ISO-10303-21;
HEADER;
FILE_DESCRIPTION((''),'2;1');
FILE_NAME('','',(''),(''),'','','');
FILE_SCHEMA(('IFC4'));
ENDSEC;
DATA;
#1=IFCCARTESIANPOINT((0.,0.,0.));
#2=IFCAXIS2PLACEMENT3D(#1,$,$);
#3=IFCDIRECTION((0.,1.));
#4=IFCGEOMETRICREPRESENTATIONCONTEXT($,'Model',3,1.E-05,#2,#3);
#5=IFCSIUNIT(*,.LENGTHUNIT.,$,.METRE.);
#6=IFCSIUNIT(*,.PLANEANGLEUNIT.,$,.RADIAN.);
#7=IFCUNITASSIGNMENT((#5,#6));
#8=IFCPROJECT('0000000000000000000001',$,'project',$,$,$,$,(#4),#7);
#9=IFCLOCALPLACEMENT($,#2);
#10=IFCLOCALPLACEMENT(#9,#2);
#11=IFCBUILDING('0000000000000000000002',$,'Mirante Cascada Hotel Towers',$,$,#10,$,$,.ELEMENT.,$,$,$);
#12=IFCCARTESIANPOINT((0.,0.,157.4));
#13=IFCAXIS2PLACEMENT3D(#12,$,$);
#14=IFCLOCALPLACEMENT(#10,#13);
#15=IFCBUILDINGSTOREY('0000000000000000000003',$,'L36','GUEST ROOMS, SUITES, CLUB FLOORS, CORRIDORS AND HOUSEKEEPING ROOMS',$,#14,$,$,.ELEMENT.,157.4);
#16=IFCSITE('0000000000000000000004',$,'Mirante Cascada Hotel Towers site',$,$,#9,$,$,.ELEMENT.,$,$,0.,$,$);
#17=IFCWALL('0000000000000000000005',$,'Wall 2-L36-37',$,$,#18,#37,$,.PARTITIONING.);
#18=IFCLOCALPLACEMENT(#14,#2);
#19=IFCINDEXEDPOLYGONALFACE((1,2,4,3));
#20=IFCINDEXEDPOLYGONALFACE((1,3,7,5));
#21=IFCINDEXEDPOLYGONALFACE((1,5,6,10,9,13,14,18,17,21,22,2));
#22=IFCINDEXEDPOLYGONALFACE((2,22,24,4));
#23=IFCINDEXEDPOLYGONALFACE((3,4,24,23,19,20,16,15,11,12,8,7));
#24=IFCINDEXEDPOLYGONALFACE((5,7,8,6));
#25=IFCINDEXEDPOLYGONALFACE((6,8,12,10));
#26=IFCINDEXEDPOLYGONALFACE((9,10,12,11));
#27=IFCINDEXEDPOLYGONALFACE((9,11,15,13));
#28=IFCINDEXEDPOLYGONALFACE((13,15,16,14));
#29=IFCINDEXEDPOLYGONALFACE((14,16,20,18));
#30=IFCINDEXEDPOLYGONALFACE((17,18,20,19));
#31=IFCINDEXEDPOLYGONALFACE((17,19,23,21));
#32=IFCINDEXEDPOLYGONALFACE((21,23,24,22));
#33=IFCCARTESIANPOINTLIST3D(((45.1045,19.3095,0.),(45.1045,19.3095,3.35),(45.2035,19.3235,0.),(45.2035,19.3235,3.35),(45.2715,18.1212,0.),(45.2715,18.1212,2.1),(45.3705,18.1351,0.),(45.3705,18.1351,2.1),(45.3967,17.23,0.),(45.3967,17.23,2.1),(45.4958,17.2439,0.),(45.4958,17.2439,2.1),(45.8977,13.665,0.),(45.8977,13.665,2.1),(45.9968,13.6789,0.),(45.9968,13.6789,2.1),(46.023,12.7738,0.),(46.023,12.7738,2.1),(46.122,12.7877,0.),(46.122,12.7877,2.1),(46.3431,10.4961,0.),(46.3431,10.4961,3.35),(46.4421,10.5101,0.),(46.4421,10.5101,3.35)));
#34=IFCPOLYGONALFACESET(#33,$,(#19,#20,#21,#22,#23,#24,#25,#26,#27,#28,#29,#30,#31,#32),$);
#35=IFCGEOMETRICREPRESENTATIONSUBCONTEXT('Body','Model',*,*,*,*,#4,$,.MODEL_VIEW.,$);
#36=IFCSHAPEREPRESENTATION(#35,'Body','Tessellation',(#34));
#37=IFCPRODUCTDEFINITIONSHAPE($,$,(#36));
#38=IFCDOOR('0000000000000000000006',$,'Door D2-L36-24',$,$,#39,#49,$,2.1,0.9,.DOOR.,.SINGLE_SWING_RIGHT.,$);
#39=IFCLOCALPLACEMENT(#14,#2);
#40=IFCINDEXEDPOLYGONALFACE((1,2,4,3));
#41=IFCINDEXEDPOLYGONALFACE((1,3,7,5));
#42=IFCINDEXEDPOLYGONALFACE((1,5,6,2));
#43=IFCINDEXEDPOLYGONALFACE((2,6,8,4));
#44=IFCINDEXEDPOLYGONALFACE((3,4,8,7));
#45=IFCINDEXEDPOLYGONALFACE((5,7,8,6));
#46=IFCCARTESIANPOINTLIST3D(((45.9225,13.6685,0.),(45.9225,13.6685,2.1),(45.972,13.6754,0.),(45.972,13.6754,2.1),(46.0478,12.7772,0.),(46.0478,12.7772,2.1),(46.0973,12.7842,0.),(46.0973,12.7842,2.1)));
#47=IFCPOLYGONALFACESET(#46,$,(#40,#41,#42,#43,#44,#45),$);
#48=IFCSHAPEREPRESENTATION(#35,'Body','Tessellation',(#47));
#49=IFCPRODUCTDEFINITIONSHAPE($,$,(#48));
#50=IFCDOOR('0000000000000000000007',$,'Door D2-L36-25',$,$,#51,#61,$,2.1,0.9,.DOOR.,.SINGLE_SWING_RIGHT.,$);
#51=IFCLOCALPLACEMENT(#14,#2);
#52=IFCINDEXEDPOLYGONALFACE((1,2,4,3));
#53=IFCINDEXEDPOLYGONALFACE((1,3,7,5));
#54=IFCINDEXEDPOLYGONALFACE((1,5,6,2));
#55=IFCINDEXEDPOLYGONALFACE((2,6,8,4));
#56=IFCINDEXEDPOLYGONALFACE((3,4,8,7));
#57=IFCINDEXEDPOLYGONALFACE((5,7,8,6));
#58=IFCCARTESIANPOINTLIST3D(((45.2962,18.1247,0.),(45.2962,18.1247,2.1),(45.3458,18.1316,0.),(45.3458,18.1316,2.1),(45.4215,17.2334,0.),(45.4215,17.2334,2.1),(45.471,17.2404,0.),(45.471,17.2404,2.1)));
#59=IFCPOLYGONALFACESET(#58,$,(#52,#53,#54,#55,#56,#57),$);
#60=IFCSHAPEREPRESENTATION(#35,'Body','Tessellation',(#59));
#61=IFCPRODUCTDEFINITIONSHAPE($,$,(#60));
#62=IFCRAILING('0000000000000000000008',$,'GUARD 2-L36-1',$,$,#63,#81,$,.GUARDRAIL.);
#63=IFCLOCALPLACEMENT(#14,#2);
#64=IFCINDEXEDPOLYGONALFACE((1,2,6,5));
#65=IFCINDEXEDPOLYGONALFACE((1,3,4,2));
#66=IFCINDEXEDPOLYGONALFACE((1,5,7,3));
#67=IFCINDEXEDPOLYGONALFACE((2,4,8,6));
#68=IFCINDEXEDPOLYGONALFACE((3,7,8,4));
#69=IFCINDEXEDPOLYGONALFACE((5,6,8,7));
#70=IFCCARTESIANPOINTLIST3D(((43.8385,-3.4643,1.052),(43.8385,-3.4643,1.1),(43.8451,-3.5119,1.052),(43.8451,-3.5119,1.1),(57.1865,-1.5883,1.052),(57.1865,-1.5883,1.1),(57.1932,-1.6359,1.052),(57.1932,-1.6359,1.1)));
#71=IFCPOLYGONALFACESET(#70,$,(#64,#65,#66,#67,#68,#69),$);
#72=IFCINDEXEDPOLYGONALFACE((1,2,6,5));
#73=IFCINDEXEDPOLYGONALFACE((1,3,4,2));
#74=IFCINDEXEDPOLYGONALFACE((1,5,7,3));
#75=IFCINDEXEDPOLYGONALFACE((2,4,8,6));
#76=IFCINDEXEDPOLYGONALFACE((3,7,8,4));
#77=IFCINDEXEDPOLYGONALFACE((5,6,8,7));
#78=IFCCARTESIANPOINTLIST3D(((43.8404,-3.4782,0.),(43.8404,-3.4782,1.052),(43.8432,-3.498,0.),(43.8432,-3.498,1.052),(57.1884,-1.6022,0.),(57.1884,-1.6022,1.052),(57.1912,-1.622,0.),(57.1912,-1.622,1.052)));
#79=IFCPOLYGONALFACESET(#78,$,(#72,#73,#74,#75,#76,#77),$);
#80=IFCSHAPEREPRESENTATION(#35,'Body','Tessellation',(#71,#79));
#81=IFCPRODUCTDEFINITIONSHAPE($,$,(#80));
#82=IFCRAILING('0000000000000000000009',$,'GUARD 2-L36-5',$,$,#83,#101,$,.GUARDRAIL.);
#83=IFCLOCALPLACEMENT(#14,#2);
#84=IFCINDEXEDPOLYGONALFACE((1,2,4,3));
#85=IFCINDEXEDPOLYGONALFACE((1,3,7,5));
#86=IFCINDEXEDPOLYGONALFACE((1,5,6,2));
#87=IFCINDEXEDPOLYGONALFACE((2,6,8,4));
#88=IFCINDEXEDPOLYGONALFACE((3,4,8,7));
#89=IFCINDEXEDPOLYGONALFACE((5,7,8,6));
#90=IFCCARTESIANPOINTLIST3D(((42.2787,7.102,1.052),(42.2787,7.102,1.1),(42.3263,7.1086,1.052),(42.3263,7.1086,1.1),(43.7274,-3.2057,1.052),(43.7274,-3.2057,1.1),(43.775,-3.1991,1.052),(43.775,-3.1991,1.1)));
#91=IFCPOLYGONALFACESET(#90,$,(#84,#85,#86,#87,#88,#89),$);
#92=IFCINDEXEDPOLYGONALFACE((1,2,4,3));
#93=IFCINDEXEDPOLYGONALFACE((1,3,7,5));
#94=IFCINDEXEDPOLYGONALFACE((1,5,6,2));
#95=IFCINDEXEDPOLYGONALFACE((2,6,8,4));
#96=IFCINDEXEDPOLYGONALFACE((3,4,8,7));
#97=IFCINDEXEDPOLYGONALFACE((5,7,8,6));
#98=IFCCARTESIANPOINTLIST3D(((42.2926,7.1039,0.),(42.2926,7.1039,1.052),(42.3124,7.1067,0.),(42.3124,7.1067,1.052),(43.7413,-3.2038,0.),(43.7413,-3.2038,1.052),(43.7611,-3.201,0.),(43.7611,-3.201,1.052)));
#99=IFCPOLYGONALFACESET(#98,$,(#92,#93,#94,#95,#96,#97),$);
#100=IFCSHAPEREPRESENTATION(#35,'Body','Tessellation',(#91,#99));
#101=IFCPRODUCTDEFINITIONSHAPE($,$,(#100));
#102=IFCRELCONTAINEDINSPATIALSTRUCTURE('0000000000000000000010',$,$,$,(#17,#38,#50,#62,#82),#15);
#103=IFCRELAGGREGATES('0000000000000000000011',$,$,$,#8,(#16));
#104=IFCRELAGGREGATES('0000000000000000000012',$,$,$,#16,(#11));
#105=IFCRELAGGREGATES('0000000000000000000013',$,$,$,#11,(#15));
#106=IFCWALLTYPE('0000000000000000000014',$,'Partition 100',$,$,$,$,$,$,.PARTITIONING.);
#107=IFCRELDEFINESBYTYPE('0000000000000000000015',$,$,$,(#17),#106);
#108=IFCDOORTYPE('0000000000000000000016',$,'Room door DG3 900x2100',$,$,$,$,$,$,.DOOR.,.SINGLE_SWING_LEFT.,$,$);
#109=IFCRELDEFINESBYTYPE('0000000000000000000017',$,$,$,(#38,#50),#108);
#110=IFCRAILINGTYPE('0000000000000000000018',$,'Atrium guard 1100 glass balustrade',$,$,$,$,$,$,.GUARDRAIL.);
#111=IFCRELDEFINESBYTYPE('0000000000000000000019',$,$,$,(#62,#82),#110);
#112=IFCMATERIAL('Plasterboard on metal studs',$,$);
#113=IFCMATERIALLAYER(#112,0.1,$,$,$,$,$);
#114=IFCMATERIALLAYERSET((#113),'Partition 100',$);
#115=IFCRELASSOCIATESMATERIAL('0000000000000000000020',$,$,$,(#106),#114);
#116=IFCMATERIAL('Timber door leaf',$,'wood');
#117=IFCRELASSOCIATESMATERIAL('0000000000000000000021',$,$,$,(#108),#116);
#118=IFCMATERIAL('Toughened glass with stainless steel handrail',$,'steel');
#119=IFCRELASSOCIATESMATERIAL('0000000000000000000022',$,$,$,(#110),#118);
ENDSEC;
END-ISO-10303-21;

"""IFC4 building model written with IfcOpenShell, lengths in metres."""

from ifc_helpers import new_model, si_unit, direction, frame, frame_2d, origin, origin_2d, place, context, subcontext, project, spatial, rectangle, extrude, material, layer, layer_set, type_object, element, fill, save


model = new_model("IFC4")

# Units and contexts
model_context = context("Model", 3, precision=1e-05, world=origin(), true_north=direction((0.0, 1.0)))
body_context = subcontext(model_context, "Body", "Model", "MODEL_VIEW")
ifc_project = project(units=[si_unit("LENGTHUNIT", "METRE"), si_unit("PLANEANGLEUNIT", "RADIAN")], contexts=[model_context])

# Site, building, storey
site_placement = place(None, origin())
site = spatial("IfcSite", under=ifc_project, at=site_placement, Name="Mirante Cascada Hotel Towers site", CompositionType="ELEMENT", RefElevation=0.0)
building_placement = place(site_placement, origin())
building = spatial("IfcBuilding", under=site, at=building_placement, Name="Mirante Cascada Hotel Towers", CompositionType="ELEMENT")
storey_placement = place(building_placement, frame((0.0, 0.0, 157.4)))
storey = spatial("IfcBuildingStorey", under=building, at=storey_placement, Name="L36", Description="GUEST ROOMS, SUITES, CLUB FLOORS, CORRIDORS AND HOUSEKEEPING ROOMS", CompositionType="ELEMENT", Elevation=157.4)

# Shared definitions
ifc_material_1 = material(Name="Plasterboard on metal studs")
ifc_layer_1 = layer(ifc_material_1, 0.1)
ifc_layer_set_1 = layer_set([ifc_layer_1], Name="Partition 100")
wall_type_1 = type_object("IfcWallType", Name="Partition 100", PredefinedType="PARTITIONING", material=ifc_layer_set_1)
ifc_material_2 = material(Name="Timber door leaf", Category="wood")
door_type_1 = type_object("IfcDoorType", Name="Room door DG3 900x2100", OperationType="SINGLE_SWING_LEFT", PredefinedType="DOOR", material=ifc_material_2)

# Wall, openings, doors
wall_1_placement = place(storey_placement, frame((46.3926, 10.5031, 0.0), z_axis=(0.0, 0.0, 1.0), x_axis=(-0.139168, 0.990269, 0.0)))
wall_1 = element("IfcWall", 1, at=wall_1_placement, inside=storey, type_object=wall_type_1, Name="Wall 2-L36-37", PredefinedType="PARTITIONING", context=body_context, shape_type="SweptSolid", body=[
    extrude(rectangle(XDim=8.9, YDim=0.1, at=frame_2d((4.45, 0.0))), origin(), (0.0, 0.0, 1.0), 3.35),
])
opening_1_placement = place(wall_1_placement, frame((2.3, 0.0, 0.0)))
opening_1 = element("IfcOpeningElement", 2, at=opening_1_placement, cuts=wall_1, PredefinedType="OPENING", context=body_context, shape_type="SweptSolid", body=[
    extrude(rectangle(XDim=0.9, YDim=2.1, at=frame_2d((0.45, 1.05))), frame((0.0, 0.05, 0.0), z_axis=(0.0, -1.0, 0.0), x_axis=(1.0, 0.0, 0.0)), (0.0, 0.0, 1.0), 0.1),
])
opening_2_placement = place(wall_1_placement, frame((6.8, 0.0, 0.0)))
opening_2 = element("IfcOpeningElement", 3, at=opening_2_placement, cuts=wall_1, PredefinedType="OPENING", context=body_context, shape_type="SweptSolid", body=[
    extrude(rectangle(XDim=0.9, YDim=2.1, at=frame_2d((0.45, 1.05))), frame((0.0, 0.05, 0.0), z_axis=(0.0, -1.0, 0.0), x_axis=(1.0, 0.0, 0.0)), (0.0, 0.0, 1.0), 0.1),
])
door_1_placement = place(opening_1_placement, frame((0.9, 0.0, 0.0), z_axis=(0.0, 0.0, 1.0), x_axis=(-1.0, 0.0, 0.0)))
door_1 = element("IfcDoor", 4, at=door_1_placement, inside=storey, type_object=door_type_1, Name="Door D2-L36-24", OperationType="SINGLE_SWING_RIGHT", OverallHeight=2.1, OverallWidth=0.9, PredefinedType="DOOR", context=body_context, shape_type="SweptSolid", body=[
    extrude(rectangle(XDim=0.9, YDim=2.1, at=frame_2d((0.45, 1.05))), frame((0.0, 0.025, 0.0), z_axis=(0.0, -1.0, 0.0), x_axis=(1.0, 0.0, 0.0)), (0.0, 0.0, 1.0), 0.05),
])
fill(opening_1, door_1)
door_2_placement = place(opening_2_placement, frame((0.9, 0.0, 0.0), z_axis=(0.0, 0.0, 1.0), x_axis=(-1.0, 0.0, 0.0)))
door_2 = element("IfcDoor", 5, at=door_2_placement, inside=storey, type_object=door_type_1, Name="Door D2-L36-25", OperationType="SINGLE_SWING_RIGHT", OverallHeight=2.1, OverallWidth=0.9, PredefinedType="DOOR", context=body_context, shape_type="SweptSolid", body=[
    extrude(rectangle(XDim=0.9, YDim=2.1, at=frame_2d((0.45, 1.05))), frame((0.0, 0.025, 0.0), z_axis=(0.0, -1.0, 0.0), x_axis=(1.0, 0.0, 0.0)), (0.0, 0.0, 1.0), 0.05),
])
fill(opening_2, door_2)

# Railings
ifc_material_3 = material(Name="Toughened glass with stainless steel handrail", Category="steel")
railing_type = type_object("IfcRailingType", Name="Atrium guard 1100 glass balustrade", PredefinedType="GUARDRAIL", material=ifc_material_3)
railing_1_placement = place(storey_placement, frame((43.8418, -3.4881, 0.0)))
element("IfcRailing", 6, at=railing_1_placement, inside=storey, type_object=railing_type, Name="GUARD 2-L36-1", PredefinedType="GUARDRAIL", context=body_context, shape_type="SweptSolid", body=[
    extrude(rectangle(XDim=0.048, YDim=0.048, at=origin_2d()), frame((0.0, 0.0, 1.076), z_axis=(0.990267, 0.139178, 0.0), x_axis=(-0.139178, 0.990267, 0.0)), (0.0, 0.0, 1.0), 13.4792),
    extrude(rectangle(XDim=0.02, YDim=1.052, at=origin_2d()), frame((0.0, 0.0, 0.526), z_axis=(0.990267, 0.139178, 0.0), x_axis=(-0.139178, 0.990267, 0.0)), (0.0, 0.0, 1.0), 13.4792),
])
railing_2_placement = place(storey_placement, frame((42.3025, 7.1053, 0.0)))
element("IfcRailing", 7, at=railing_2_placement, inside=storey, type_object=railing_type, Name="GUARD 2-L36-5", PredefinedType="GUARDRAIL", context=body_context, shape_type="SweptSolid", body=[
    extrude(rectangle(XDim=0.048, YDim=0.048, at=origin_2d()), frame((0.0, 0.0, 1.076), z_axis=(0.139178, -0.990267, 0.0), x_axis=(0.990267, 0.139178, 0.0)), (0.0, 0.0, 1.0), 10.409),
    extrude(rectangle(XDim=0.02, YDim=1.052, at=origin_2d()), frame((0.0, 0.0, 0.526), z_axis=(0.139178, -0.990267, 0.0), x_axis=(0.990267, 0.139178, 0.0)), (0.0, 0.0, 1.0), 10.409),
])

save(model, "model.ifc")
